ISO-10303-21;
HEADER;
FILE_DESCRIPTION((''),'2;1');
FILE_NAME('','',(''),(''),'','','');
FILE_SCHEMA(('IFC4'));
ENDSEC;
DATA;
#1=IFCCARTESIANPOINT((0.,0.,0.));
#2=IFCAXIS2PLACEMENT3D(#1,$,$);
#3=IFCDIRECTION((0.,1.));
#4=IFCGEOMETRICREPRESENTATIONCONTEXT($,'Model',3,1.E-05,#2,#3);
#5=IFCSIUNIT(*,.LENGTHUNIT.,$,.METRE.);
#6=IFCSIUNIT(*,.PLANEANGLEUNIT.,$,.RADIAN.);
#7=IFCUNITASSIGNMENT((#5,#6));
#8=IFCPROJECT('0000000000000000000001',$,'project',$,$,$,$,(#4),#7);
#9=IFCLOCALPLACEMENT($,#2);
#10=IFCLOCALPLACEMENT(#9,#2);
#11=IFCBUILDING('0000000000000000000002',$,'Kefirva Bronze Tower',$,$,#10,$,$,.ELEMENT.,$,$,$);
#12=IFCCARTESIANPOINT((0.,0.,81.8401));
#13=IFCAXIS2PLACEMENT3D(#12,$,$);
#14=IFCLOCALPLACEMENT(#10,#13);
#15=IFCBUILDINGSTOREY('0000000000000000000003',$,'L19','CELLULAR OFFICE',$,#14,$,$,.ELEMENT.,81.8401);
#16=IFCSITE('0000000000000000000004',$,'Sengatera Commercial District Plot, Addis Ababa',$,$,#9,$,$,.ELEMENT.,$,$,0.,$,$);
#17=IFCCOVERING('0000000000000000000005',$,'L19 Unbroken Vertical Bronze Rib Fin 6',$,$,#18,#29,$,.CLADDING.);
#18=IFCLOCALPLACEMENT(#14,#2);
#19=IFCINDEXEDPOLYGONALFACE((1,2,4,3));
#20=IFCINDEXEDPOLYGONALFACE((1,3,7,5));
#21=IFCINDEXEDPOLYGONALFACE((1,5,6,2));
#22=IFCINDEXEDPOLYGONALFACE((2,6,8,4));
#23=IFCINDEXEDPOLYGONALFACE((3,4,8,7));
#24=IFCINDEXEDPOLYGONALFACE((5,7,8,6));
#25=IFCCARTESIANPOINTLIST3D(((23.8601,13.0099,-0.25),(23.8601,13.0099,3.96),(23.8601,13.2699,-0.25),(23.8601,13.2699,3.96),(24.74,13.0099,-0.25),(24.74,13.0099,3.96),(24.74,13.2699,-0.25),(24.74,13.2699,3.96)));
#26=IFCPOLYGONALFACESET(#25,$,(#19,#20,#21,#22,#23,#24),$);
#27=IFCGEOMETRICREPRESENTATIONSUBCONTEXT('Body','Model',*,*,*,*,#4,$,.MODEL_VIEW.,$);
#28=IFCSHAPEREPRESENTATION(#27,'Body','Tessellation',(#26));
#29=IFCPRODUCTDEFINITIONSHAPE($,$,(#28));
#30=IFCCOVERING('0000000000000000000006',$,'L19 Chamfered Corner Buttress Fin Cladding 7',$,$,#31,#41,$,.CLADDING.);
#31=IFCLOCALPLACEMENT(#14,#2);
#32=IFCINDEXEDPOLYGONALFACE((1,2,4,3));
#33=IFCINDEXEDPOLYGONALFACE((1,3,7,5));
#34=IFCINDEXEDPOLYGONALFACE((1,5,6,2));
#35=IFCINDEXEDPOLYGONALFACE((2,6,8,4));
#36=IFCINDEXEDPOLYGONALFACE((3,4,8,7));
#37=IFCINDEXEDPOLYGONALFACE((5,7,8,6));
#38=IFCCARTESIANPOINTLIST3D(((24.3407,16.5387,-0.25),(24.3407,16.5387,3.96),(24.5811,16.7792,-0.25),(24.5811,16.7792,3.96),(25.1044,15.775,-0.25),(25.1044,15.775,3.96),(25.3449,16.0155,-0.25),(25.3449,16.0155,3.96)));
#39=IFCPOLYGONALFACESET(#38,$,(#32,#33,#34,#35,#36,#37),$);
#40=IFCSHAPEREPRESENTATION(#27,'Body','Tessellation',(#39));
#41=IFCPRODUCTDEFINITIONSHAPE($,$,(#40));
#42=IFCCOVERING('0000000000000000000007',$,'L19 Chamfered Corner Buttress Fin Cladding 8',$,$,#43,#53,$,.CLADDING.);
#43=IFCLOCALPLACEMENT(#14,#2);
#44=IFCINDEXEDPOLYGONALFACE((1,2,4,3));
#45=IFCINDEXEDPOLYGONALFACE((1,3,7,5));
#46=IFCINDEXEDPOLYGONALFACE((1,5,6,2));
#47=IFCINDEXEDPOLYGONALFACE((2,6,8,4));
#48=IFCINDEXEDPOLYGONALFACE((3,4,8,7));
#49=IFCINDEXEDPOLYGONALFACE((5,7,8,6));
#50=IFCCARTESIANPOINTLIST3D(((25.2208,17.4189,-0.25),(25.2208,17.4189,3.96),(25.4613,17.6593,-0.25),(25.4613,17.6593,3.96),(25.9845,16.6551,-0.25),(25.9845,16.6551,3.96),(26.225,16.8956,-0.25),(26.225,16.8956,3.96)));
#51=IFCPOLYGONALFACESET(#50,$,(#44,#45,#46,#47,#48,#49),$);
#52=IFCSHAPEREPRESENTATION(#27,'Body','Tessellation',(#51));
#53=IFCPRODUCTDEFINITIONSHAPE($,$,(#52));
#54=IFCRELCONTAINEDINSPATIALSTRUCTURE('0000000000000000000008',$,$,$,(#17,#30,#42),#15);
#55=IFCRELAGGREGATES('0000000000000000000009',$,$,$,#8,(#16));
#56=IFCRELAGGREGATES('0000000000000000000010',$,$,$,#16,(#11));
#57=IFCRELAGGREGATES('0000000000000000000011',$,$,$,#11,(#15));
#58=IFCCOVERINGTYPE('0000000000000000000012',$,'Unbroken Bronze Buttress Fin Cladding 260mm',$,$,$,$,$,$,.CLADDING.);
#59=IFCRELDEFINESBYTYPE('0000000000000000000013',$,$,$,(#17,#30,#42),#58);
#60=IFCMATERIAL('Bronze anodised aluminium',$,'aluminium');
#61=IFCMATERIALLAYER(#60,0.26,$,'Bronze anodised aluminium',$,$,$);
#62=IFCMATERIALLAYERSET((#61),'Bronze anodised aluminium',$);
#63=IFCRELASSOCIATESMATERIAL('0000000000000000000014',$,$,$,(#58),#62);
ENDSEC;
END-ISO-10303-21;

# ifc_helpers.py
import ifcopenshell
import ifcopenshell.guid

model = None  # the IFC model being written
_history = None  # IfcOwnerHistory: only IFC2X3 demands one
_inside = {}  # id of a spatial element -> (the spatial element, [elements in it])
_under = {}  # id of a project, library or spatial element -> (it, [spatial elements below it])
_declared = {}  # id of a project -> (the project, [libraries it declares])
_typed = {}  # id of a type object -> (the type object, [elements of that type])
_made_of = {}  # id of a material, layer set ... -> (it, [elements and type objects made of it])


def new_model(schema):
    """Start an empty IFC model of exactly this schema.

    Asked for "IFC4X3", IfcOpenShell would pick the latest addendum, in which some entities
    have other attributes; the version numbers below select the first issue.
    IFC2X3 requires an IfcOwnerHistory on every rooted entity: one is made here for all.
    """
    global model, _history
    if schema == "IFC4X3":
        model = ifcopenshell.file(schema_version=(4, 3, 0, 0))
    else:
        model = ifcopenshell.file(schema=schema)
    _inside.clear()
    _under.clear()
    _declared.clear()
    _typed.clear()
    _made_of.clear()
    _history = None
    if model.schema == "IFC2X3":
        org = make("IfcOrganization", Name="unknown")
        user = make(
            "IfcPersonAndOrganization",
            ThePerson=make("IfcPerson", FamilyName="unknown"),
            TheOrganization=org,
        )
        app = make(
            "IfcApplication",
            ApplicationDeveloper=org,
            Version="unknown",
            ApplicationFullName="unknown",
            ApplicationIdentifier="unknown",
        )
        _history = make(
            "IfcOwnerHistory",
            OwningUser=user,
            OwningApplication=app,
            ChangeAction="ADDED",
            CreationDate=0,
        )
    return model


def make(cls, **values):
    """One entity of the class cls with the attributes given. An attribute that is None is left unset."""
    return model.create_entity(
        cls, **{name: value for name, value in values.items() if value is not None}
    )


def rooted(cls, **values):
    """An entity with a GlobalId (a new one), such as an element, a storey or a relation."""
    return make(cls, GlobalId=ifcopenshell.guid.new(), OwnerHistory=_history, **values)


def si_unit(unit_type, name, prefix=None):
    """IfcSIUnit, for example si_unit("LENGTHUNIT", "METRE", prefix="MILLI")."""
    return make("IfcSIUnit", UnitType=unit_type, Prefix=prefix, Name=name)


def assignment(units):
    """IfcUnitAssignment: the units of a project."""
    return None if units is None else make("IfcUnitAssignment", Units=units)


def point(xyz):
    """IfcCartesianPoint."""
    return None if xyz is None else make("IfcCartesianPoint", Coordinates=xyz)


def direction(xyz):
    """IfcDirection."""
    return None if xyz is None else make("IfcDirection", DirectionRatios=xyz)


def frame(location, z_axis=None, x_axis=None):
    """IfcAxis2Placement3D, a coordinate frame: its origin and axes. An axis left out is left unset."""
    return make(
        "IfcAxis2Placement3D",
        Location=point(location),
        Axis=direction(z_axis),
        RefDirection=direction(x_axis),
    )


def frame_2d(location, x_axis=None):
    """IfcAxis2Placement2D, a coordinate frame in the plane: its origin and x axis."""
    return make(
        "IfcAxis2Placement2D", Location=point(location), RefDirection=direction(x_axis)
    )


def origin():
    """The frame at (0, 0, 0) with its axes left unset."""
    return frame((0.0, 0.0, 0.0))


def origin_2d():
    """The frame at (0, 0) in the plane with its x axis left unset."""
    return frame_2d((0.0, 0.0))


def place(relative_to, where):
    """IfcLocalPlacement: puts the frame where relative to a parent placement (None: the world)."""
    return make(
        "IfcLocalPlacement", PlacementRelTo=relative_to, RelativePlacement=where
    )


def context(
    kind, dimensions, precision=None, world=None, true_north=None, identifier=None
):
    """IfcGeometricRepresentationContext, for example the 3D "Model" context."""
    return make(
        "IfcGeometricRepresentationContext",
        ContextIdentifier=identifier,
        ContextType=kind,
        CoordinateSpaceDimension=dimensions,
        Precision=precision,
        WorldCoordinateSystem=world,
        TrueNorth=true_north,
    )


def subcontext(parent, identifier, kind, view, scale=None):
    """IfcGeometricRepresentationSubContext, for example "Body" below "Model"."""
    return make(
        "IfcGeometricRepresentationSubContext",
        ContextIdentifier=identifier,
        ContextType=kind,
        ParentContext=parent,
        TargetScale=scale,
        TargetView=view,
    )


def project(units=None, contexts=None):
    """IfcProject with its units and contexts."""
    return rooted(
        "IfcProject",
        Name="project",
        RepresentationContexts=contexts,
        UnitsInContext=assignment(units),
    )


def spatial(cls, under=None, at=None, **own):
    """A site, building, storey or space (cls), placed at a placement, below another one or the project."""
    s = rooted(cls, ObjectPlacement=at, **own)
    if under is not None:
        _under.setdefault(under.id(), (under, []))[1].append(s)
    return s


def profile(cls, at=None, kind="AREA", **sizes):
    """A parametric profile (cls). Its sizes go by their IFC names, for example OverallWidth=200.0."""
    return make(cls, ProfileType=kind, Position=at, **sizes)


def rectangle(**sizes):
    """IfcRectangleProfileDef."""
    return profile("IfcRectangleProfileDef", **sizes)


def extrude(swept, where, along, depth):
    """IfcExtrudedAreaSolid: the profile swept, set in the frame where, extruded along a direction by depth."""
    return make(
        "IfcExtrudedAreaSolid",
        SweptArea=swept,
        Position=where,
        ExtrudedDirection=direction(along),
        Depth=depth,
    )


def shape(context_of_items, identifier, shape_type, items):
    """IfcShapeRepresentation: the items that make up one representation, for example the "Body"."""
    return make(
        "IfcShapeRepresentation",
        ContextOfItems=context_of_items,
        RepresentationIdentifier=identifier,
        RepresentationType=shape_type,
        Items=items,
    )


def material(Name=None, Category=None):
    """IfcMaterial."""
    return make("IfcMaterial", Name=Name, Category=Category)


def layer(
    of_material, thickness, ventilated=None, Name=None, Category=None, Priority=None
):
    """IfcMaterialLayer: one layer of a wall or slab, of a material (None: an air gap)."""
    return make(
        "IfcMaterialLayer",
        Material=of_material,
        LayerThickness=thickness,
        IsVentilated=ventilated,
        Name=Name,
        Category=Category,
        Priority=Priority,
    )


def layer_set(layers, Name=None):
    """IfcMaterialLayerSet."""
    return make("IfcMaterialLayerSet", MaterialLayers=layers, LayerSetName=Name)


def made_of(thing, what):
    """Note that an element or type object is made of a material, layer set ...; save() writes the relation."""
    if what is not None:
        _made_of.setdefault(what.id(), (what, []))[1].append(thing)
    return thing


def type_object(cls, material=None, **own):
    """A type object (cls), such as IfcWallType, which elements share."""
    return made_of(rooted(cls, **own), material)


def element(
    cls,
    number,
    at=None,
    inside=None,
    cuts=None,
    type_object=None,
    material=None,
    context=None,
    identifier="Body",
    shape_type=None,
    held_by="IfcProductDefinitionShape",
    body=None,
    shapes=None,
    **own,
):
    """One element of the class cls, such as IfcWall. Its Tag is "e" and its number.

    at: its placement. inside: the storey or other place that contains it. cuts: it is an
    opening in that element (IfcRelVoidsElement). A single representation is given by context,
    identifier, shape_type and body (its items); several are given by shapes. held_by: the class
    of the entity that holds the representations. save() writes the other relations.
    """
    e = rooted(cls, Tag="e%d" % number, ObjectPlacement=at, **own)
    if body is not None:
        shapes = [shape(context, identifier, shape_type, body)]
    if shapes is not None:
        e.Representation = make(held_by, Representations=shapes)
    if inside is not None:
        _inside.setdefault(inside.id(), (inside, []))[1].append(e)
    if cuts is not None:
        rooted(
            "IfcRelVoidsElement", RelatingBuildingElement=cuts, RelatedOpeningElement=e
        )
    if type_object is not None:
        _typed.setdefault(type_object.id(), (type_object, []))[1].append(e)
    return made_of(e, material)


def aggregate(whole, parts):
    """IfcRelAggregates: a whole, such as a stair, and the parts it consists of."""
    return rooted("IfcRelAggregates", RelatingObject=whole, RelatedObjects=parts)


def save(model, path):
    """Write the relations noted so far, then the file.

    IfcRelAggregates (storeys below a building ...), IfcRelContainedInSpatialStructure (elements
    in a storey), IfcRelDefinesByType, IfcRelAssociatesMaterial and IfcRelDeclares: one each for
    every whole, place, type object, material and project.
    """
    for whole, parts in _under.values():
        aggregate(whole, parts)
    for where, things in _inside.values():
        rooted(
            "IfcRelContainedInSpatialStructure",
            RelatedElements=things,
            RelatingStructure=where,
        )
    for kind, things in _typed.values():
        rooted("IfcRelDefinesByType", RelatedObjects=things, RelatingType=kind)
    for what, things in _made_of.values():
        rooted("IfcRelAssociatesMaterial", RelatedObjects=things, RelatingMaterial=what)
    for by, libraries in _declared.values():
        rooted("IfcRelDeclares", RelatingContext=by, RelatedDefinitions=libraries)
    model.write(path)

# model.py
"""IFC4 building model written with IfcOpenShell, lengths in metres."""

from ifc_helpers import new_model, si_unit, direction, frame, origin, origin_2d, place, context, subcontext, project, spatial, rectangle, extrude, material, layer, layer_set, type_object, element, save


model = new_model("IFC4")

# Units and contexts
model_context = context("Model", 3, precision=1e-05, world=origin(), true_north=direction((0.0, 1.0)))
body_context = subcontext(model_context, "Body", "Model", "MODEL_VIEW")
ifc_project = project(units=[si_unit("LENGTHUNIT", "METRE"), si_unit("PLANEANGLEUNIT", "RADIAN")], contexts=[model_context])

# Site, building, storey
site_placement = place(None, origin())
site = spatial("IfcSite", under=ifc_project, at=site_placement, Name="Sengatera Commercial District Plot, Addis Ababa", CompositionType="ELEMENT", RefElevation=0.0)
building_placement = place(site_placement, origin())
building = spatial("IfcBuilding", under=site, at=building_placement, Name="Kefirva Bronze Tower", CompositionType="ELEMENT")
storey_placement = place(building_placement, frame((0.0, 0.0, 81.8401)))
storey = spatial("IfcBuildingStorey", under=building, at=storey_placement, Name="L19", Description="CELLULAR OFFICE", CompositionType="ELEMENT", Elevation=81.8401)

# Shared definitions
ifc_material_1 = material(Name="Bronze anodised aluminium", Category="aluminium")

# Coverings
ifc_layer_1 = layer(ifc_material_1, 0.26, Name="Bronze anodised aluminium")
ifc_layer_set_1 = layer_set([ifc_layer_1], Name="Bronze anodised aluminium")
covering_type_1 = type_object("IfcCoveringType", Name="Unbroken Bronze Buttress Fin Cladding 260mm", PredefinedType="CLADDING", material=ifc_layer_set_1)
covering_1_placement = place(storey_placement, frame((24.3, 13.1399, -0.25), z_axis=(0.0, 0.0, 1.0), x_axis=(0.0, 1.0, 0.0)))
element("IfcCovering", 1, at=covering_1_placement, inside=storey, type_object=covering_type_1, Name="L19 Unbroken Vertical Bronze Rib Fin 6", PredefinedType="CLADDING", context=body_context, shape_type="SweptSolid", body=[
    extrude(rectangle(XDim=0.26, YDim=0.8799, at=origin_2d()), origin(), (0.0, 0.0, 1.0), 4.21),
])
for number, where, z_axis, x_axis, name in (
    (2, (24.8428, 16.2771, -0.25), (0.0, 0.0, 1.0), (0.707107, 0.707107, 0.0), "L19 Chamfered Corner Buttress Fin Cladding 7"),
    (3, (25.7229, 17.1572, -0.25), (0.0, 0.0, 1.0), (0.707107, 0.707107, 0.0), "L19 Chamfered Corner Buttress Fin Cladding 8"),
):
    element("IfcCovering", number, at=place(storey_placement, frame(where, z_axis=z_axis, x_axis=x_axis)), inside=storey, type_object=covering_type_1, Name=name, PredefinedType="CLADDING", context=body_context, shape_type="SweptSolid", body=[
        extrude(rectangle(XDim=0.3401, YDim=1.0801, at=origin_2d()), origin(), (0.0, 0.0, 1.0), 4.21),
    ])

save(model, "model.ifc")
